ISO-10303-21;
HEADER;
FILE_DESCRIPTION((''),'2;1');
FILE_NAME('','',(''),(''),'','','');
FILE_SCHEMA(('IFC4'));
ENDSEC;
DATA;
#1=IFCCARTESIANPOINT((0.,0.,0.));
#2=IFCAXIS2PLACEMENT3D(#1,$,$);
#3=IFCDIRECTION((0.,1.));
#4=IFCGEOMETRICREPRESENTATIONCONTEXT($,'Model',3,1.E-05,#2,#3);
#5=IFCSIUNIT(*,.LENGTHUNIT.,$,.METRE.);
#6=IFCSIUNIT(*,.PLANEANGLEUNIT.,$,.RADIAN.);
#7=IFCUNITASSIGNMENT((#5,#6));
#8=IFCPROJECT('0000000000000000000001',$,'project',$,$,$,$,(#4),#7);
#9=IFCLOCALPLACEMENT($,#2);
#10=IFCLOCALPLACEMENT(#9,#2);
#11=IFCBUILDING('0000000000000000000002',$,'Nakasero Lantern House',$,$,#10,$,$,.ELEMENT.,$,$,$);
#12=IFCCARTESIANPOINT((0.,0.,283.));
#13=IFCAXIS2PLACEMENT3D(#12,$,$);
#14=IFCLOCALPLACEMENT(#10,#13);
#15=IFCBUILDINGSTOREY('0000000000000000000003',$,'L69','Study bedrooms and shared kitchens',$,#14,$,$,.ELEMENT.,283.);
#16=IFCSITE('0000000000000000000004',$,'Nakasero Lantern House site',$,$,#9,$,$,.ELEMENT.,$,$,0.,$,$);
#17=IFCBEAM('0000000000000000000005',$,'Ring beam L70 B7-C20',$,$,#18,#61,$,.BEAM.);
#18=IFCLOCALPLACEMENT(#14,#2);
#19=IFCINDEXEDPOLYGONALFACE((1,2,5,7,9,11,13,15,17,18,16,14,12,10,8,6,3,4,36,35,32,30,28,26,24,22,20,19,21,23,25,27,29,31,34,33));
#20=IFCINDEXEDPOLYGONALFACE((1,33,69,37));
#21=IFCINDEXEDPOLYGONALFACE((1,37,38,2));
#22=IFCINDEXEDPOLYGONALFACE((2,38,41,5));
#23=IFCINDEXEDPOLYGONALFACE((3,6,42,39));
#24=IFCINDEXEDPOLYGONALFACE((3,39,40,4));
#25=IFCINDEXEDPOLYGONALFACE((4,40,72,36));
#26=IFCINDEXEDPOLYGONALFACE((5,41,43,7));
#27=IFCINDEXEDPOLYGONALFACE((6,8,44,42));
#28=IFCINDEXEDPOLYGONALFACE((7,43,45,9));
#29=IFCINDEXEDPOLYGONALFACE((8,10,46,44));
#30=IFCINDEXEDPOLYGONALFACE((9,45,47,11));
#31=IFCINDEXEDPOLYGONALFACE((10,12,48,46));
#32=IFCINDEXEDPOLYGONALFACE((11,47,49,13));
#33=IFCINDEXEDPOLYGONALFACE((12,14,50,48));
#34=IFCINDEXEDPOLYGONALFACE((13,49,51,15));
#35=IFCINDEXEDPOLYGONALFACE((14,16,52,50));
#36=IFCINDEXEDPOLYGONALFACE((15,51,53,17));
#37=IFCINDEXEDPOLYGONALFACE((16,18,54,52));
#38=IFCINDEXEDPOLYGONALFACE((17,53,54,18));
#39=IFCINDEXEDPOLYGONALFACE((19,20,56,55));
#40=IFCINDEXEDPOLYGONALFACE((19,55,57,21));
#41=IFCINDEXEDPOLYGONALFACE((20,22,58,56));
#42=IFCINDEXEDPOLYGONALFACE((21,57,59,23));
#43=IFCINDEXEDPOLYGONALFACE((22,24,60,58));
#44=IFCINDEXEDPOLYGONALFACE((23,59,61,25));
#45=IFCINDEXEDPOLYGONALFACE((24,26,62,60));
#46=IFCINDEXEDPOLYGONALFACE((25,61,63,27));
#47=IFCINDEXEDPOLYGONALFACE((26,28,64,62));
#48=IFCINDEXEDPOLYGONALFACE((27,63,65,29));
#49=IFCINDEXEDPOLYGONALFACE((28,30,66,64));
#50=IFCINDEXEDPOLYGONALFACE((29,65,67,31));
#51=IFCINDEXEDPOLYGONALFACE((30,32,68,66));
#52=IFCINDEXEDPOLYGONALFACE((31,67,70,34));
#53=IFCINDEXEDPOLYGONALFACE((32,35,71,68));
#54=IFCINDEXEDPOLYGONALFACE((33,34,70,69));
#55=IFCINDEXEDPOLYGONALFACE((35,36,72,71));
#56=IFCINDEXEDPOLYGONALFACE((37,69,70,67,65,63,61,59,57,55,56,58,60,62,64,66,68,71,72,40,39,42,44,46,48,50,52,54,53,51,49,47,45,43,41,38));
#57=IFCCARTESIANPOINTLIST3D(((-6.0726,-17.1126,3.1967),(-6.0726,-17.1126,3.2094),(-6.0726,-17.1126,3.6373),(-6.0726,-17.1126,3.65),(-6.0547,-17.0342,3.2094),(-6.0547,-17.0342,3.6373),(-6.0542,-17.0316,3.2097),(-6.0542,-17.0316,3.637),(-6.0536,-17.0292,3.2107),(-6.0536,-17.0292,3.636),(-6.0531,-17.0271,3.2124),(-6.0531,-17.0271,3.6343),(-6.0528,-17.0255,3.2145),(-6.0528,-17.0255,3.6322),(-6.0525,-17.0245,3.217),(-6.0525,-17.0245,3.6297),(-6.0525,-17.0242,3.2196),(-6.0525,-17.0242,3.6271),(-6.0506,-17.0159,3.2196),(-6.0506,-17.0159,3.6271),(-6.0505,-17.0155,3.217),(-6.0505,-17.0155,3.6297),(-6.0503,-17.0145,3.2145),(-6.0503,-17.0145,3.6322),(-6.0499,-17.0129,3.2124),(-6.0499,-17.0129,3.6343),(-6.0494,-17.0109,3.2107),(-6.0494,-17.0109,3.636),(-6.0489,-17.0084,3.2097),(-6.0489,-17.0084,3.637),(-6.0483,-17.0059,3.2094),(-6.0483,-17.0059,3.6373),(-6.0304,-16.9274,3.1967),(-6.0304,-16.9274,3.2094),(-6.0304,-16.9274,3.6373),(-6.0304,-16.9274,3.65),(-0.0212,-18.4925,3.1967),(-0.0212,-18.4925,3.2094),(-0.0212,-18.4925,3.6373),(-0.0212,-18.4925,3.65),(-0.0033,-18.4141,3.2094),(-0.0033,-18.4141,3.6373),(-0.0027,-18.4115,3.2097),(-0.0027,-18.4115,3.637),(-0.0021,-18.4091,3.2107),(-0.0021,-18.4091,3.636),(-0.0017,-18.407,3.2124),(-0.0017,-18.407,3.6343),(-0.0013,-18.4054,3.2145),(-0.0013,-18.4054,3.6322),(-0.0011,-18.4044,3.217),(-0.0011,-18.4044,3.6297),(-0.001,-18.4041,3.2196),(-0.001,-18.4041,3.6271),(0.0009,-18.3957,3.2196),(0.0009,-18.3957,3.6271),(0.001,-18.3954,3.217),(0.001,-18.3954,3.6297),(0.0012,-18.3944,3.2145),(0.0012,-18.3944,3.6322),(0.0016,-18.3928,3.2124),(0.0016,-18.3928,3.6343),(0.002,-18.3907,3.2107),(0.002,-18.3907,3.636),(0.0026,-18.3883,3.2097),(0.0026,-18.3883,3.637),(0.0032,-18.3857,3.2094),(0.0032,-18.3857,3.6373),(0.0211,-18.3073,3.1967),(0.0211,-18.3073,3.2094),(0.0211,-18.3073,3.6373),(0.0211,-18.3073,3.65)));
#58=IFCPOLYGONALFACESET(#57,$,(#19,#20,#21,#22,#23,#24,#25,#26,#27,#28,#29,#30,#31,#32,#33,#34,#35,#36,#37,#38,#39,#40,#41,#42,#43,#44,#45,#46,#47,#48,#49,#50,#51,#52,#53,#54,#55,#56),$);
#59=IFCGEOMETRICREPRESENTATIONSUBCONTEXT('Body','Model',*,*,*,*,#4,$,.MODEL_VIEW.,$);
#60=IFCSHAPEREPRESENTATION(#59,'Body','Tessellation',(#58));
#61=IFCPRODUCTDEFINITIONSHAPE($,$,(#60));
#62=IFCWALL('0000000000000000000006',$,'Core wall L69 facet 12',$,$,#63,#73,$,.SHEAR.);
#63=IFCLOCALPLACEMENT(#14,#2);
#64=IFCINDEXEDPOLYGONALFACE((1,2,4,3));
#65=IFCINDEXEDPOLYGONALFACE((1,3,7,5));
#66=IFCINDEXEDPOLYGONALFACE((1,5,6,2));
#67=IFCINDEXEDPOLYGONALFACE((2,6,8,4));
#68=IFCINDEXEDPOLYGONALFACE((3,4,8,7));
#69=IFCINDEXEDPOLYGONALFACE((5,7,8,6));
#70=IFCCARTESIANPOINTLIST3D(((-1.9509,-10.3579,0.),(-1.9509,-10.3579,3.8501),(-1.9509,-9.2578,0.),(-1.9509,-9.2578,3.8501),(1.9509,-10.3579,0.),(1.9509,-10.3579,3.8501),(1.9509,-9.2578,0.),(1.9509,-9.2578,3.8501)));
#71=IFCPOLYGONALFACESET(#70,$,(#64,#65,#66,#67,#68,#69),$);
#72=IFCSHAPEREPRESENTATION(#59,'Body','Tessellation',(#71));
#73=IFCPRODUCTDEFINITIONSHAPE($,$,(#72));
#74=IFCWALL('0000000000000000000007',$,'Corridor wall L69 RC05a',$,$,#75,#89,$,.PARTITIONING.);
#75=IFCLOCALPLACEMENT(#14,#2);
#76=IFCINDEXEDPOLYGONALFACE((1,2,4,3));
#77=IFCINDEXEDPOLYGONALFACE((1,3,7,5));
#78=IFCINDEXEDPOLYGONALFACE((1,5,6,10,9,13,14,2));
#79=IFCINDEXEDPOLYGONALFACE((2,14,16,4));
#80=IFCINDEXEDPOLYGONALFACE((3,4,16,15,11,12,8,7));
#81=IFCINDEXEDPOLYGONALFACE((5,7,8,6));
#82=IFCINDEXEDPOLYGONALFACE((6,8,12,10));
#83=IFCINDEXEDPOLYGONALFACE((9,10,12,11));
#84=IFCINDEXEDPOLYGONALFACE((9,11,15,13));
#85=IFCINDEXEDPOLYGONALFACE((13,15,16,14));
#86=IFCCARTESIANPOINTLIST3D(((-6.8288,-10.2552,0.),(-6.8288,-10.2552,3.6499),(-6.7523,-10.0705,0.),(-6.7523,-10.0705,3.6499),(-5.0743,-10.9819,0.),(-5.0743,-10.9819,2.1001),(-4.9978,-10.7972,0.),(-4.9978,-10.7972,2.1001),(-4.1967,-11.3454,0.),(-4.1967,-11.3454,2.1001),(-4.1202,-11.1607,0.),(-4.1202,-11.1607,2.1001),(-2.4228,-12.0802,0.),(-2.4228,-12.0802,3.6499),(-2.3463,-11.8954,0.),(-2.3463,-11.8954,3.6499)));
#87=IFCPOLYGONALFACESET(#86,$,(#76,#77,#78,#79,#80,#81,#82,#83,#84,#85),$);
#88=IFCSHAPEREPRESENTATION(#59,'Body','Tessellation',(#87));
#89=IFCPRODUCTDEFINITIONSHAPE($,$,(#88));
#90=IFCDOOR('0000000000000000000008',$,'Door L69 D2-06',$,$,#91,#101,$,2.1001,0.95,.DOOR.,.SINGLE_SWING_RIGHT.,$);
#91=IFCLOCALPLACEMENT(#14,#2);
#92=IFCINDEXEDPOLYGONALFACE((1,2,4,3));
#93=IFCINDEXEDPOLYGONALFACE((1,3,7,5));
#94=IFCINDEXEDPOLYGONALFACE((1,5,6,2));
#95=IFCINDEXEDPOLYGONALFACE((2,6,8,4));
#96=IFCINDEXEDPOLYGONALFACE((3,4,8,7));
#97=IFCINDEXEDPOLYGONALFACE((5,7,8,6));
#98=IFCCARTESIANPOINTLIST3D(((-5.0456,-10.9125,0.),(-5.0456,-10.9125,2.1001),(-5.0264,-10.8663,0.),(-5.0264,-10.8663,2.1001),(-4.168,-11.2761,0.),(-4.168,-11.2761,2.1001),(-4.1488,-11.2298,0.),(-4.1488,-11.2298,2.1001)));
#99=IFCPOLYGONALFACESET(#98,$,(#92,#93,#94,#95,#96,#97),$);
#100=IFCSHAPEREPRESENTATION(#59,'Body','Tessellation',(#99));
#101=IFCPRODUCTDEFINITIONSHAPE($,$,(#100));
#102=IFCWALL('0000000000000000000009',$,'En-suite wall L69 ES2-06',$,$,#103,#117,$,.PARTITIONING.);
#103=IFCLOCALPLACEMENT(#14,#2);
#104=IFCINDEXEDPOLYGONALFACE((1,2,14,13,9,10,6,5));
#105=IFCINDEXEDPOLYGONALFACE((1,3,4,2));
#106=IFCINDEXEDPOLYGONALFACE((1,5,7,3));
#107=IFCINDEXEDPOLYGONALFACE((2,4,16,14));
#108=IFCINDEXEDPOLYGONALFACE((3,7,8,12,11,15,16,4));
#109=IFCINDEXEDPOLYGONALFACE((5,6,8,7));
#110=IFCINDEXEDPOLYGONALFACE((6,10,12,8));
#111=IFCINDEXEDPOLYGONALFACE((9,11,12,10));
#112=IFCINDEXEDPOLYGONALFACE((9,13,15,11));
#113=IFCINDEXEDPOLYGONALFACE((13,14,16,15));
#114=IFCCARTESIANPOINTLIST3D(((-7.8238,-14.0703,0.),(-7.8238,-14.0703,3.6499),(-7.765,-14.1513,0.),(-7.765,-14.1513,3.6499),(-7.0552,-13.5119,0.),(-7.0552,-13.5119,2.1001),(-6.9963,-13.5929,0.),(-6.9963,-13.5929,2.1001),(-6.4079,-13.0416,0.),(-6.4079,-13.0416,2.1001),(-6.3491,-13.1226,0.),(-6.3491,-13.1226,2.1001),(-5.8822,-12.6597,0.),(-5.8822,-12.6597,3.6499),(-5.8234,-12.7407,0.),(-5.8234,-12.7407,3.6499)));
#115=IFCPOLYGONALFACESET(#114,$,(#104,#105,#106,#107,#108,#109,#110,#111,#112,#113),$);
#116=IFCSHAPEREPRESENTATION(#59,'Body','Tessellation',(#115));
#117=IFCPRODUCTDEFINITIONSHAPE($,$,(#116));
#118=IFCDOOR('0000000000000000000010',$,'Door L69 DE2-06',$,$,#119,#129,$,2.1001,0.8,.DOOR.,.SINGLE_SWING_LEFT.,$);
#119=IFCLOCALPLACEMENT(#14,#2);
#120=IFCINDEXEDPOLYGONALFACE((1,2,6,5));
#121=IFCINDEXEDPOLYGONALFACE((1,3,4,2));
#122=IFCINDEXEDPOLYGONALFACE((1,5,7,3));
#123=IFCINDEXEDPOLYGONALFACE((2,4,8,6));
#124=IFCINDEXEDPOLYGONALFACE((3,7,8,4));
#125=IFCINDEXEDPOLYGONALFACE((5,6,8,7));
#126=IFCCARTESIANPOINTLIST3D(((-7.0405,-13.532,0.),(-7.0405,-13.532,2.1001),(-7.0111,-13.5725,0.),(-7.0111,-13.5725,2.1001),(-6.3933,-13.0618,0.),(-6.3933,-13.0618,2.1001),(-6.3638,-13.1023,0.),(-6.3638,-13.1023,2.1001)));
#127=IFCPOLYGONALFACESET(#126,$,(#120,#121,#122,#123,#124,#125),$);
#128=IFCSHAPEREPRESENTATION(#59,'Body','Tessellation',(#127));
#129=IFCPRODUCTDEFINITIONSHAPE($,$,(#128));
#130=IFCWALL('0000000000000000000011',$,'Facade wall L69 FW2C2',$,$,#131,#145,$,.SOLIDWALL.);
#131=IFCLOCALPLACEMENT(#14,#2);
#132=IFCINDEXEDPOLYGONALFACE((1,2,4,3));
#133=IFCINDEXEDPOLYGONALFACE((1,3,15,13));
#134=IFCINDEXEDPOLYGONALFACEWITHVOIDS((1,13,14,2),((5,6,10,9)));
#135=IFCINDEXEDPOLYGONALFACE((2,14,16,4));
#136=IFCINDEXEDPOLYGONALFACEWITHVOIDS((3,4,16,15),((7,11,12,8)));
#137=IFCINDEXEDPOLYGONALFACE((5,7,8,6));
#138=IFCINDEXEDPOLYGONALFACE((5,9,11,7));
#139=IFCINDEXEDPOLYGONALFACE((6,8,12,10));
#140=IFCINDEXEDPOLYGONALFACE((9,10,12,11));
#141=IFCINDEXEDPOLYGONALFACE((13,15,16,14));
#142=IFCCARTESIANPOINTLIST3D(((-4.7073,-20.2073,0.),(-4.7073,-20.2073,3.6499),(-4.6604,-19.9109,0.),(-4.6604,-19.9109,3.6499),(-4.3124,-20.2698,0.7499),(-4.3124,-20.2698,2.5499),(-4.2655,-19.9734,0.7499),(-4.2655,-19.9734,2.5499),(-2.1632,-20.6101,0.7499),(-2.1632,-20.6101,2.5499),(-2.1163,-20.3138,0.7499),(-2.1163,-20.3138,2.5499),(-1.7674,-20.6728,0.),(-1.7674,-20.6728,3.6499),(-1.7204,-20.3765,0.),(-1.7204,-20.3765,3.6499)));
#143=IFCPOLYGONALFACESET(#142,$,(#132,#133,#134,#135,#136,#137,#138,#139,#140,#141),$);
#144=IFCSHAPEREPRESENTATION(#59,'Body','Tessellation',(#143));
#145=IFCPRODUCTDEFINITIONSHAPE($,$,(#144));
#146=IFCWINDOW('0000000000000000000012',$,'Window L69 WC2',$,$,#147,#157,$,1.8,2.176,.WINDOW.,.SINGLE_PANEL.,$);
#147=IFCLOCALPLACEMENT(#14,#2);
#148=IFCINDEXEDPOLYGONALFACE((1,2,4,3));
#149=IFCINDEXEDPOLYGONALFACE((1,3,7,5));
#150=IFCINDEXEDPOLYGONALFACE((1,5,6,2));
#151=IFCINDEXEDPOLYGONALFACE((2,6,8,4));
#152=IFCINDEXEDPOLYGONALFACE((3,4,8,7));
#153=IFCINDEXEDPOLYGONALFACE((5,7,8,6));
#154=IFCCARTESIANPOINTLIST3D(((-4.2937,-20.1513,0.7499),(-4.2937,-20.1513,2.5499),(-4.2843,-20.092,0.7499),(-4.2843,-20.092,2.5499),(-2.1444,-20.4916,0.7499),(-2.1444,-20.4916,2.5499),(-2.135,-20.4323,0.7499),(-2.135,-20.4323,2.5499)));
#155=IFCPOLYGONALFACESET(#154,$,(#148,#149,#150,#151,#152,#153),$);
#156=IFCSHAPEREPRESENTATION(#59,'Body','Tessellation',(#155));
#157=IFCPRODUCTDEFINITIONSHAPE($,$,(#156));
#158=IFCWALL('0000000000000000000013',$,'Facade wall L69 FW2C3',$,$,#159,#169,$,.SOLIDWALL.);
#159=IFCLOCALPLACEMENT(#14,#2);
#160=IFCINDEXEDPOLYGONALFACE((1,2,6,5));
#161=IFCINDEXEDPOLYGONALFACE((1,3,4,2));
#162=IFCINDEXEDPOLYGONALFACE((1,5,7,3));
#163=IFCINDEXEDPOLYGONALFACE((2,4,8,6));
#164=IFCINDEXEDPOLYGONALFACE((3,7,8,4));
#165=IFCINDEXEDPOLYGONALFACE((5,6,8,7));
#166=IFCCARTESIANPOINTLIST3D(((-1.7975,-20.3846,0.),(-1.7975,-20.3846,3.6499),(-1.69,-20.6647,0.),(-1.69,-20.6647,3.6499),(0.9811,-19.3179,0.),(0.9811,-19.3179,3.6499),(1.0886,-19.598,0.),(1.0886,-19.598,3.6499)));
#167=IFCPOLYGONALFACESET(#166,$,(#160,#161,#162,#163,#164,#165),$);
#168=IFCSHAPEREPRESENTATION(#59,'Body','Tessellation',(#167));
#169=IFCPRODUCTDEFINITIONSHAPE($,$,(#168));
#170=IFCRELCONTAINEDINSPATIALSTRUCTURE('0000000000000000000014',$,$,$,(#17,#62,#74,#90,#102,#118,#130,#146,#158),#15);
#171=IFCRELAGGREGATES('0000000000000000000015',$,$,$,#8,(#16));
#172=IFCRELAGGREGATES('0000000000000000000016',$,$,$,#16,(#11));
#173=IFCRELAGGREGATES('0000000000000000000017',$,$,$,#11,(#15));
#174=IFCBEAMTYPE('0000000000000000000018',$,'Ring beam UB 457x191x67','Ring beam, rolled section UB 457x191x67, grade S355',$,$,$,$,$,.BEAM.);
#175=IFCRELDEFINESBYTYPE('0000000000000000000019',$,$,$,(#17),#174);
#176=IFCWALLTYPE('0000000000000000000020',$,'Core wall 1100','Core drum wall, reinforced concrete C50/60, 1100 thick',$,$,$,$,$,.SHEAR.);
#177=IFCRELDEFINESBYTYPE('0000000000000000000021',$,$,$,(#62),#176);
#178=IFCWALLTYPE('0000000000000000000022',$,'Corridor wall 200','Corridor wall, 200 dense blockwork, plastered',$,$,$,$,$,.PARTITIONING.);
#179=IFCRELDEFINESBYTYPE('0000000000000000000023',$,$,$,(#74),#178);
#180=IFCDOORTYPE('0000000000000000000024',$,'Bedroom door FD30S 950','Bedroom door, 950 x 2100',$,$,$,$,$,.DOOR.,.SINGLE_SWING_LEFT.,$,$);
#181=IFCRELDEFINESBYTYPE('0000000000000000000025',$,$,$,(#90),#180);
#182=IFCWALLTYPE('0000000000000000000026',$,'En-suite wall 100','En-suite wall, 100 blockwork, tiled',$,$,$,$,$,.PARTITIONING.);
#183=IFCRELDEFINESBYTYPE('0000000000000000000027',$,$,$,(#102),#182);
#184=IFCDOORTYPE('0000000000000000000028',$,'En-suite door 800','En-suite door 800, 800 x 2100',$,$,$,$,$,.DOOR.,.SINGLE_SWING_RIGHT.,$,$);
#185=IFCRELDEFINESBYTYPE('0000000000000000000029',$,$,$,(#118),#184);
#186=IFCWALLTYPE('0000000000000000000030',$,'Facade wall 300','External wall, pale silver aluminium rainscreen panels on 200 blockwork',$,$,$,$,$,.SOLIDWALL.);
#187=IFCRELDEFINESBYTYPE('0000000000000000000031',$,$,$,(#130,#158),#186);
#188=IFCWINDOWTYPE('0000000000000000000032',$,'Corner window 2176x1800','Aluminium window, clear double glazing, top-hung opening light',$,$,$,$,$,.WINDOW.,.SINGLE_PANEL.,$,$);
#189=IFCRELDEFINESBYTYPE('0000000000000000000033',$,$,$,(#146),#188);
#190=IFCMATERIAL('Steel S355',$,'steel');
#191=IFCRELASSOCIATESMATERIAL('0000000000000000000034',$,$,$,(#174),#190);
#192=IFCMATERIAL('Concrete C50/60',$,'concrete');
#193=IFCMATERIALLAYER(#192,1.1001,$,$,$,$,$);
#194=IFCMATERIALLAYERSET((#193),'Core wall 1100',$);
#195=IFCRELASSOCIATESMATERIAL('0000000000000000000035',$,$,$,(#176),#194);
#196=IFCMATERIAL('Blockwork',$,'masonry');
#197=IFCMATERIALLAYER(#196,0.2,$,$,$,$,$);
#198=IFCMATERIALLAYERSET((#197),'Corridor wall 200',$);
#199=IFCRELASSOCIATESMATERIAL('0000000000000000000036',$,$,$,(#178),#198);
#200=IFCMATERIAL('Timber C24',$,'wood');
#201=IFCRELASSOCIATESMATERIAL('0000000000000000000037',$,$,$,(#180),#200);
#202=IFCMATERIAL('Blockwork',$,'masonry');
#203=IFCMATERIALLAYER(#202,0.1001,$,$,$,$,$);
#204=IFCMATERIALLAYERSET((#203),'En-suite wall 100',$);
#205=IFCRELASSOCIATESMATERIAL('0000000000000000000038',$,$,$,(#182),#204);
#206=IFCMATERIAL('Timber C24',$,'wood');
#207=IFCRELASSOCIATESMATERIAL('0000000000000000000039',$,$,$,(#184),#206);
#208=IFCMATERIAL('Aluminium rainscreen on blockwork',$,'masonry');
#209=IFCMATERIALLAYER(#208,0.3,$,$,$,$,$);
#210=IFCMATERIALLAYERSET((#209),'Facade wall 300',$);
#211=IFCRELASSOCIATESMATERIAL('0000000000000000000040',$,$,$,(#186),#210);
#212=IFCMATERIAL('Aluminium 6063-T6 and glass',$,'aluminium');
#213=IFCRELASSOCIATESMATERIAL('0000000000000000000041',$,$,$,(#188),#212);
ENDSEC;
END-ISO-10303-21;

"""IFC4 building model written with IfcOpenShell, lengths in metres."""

from ifc_helpers import new_model, si_unit, direction, frame, frame_2d, origin, origin_2d, place, context, subcontext, project, spatial, rectangle, i_section, extrude, material, layer, layer_set, material_profile, profile_set, type_object, element, fill, save


model = new_model("IFC4")

# Units and contexts
model_context = context("Model", 3, precision=1e-05, world=origin(), true_north=direction((0.0, 1.0)))
body_context = subcontext(model_context, "Body", "Model", "MODEL_VIEW")
ifc_project = project(units=[si_unit("LENGTHUNIT", "METRE"), si_unit("PLANEANGLEUNIT", "RADIAN")], contexts=[model_context])

# Site, building, storey
site_placement = place(None, origin())
site = spatial("IfcSite", under=ifc_project, at=site_placement, Name="Nakasero Lantern House site", CompositionType="ELEMENT", RefElevation=0.0)
building_placement = place(site_placement, origin())
building = spatial("IfcBuilding", under=site, at=building_placement, Name="Nakasero Lantern House", CompositionType="ELEMENT")
storey_placement = place(building_placement, frame((0.0, 0.0, 283.0)))
storey = spatial("IfcBuildingStorey", under=building, at=storey_placement, Name="L69", Description="Study bedrooms and shared kitchens", CompositionType="ELEMENT", Elevation=283.0)

# Beam
ifc_material_1 = material(Name="Steel S355", Category="steel")
ifc_material_profile_1 = material_profile(ifc_material_1, i_section(OverallWidth=0.1899, OverallDepth=0.4534, WebThickness=0.0085, FlangeThickness=0.0127, FilletRadius=0.0103, at=origin_2d()), Name="UB 457x191x67")
ifc_profile_set_1 = profile_set([ifc_material_profile_1], Name="Steel S355")
beam_type_1 = type_object("IfcBeamType", Name="Ring beam UB 457x191x67", Description="Ring beam, rolled section UB 457x191x67, grade S355", PredefinedType="BEAM", material=ifc_profile_set_1)
beam_1_placement = place(storey_placement, frame((-6.0515, -17.02, 3.4233), z_axis=(0.974975, -0.222316, 0.0), x_axis=(0.222316, 0.974975, 0.0)))
element("IfcBeam", 1, at=beam_1_placement, inside=storey, type_object=beam_type_1, Name="Ring beam L70 B7-C20", PredefinedType="BEAM", context=body_context, shape_type="SweptSolid", body=[
    extrude(i_section(OverallWidth=0.1899, OverallDepth=0.4534, WebThickness=0.0085, FlangeThickness=0.0127, FilletRadius=0.0103, at=origin_2d()), origin(), (0.0, 0.0, 1.0), 6.2068),
])

# Wall
ifc_material_2 = material(Name="Concrete C50/60", Category="concrete")
ifc_layer_1 = layer(ifc_material_2, 1.1001)
ifc_layer_set_1 = layer_set([ifc_layer_1], Name="Core wall 1100")
wall_type_1 = type_object("IfcWallType", Name="Core wall 1100", Description="Core drum wall, reinforced concrete C50/60, 1100 thick", PredefinedType="SHEAR", material=ifc_layer_set_1)
wall_1_placement = place(storey_placement, frame((-1.9509, -9.8079, 0.0), z_axis=(0.0, 0.0, 1.0), x_axis=(1.0, 0.0, 0.0)))
element("IfcWall", 2, at=wall_1_placement, inside=storey, type_object=wall_type_1, Name="Core wall L69 facet 12", PredefinedType="SHEAR", context=body_context, shape_type="SweptSolid", body=[
    extrude(rectangle(XDim=3.9019, YDim=1.1001, at=frame_2d((1.9509, 0.0))), origin(), (0.0, 0.0, 1.0), 3.8501),
])

# Walls, openings, doors
ifc_material_3 = material(Name="Blockwork", Category="masonry")
ifc_layer_2 = layer(ifc_material_3, 0.2)
ifc_layer_set_2 = layer_set([ifc_layer_2], Name="Corridor wall 200")
wall_type_2 = type_object("IfcWallType", Name="Corridor wall 200", Description="Corridor wall, 200 dense blockwork, plastered", PredefinedType="PARTITIONING", material=ifc_layer_set_2)
wall_2_placement = place(storey_placement, frame((-2.3845, -11.9878, 0.0), z_axis=(0.0, 0.0, 1.0), x_axis=(-0.923885, 0.38267, 0.0)))
wall_2 = element("IfcWall", 3, at=wall_2_placement, inside=storey, type_object=wall_type_2, Name="Corridor wall L69 RC05a", PredefinedType="PARTITIONING", context=body_context, shape_type="SweptSolid", body=[
    extrude(rectangle(XDim=4.769, YDim=0.2, at=frame_2d((2.3845, 0.0))), origin(), (0.0, 0.0, 1.0), 3.6499),
])
opening_1_placement = place(wall_2_placement, frame((1.9199, 0.0, 0.0)))
opening_1 = element("IfcOpeningElement", 4, at=opening_1_placement, cuts=wall_2, PredefinedType="OPENING", context=body_context, shape_type="SweptSolid", body=[
    extrude(rectangle(XDim=0.95, YDim=2.1001, at=frame_2d((0.4751, 1.05))), frame((0.0, 0.1199, 0.0), z_axis=(0.0, -1.0, 0.0), x_axis=(1.0, 0.0, 0.0)), (0.0, 0.0, 1.0), 0.24),
])
ifc_material_4 = material(Name="Timber C24", Category="wood")
door_type_1 = type_object("IfcDoorType", Name="Bedroom door FD30S 950", Description="Bedroom door, 950 x 2100", OperationType="SINGLE_SWING_LEFT", PredefinedType="DOOR", material=ifc_material_4)
door_1_placement = place(opening_1_placement, origin())
door_1 = element("IfcDoor", 5, at=door_1_placement, inside=storey, type_object=door_type_1, Name="Door L69 D2-06", OperationType="SINGLE_SWING_RIGHT", OverallHeight=2.1001, OverallWidth=0.95, PredefinedType="DOOR", context=body_context, shape_type="SweptSolid", body=[
    extrude(rectangle(XDim=0.95, YDim=2.1001, at=frame_2d((0.4751, 1.05))), frame((0.0, 0.0249, 0.0), z_axis=(0.0, -1.0, 0.0), x_axis=(1.0, 0.0, 0.0)), (0.0, 0.0, 1.0), 0.05),
])
fill(opening_1, door_1)
ifc_material_5 = material(Name="Blockwork", Category="masonry")
ifc_layer_3 = layer(ifc_material_5, 0.1001)
ifc_layer_set_3 = layer_set([ifc_layer_3], Name="En-suite wall 100")
wall_type_3 = type_object("IfcWallType", Name="En-suite wall 100", Description="En-suite wall, 100 blockwork, tiled", PredefinedType="PARTITIONING", material=ifc_layer_set_3)
wall_3_placement = place(storey_placement, frame((-5.8528, -12.7002, 0.0), z_axis=(0.0, 0.0, 1.0), x_axis=(-0.809026, -0.587772, 0.0)))
wall_3 = element("IfcWall", 6, at=wall_3_placement, inside=storey, type_object=wall_type_3, Name="En-suite wall L69 ES2-06", PredefinedType="PARTITIONING", context=body_context, shape_type="SweptSolid", body=[
    extrude(rectangle(XDim=2.3999, YDim=0.1001, at=frame_2d((1.2, 0.0))), origin(), (0.0, 0.0, 1.0), 3.6499),
])
opening_2_placement = place(wall_3_placement, frame((0.6499, 0.0, 0.0)))
opening_2 = element("IfcOpeningElement", 7, at=opening_2_placement, cuts=wall_3, PredefinedType="OPENING", context=body_context, shape_type="SweptSolid", body=[
    extrude(rectangle(XDim=0.8, YDim=2.1001, at=frame_2d((0.3999, 1.05))), frame((0.0, 0.0701, 0.0), z_axis=(0.0, -1.0, 0.0), x_axis=(1.0, 0.0, 0.0)), (0.0, 0.0, 1.0), 0.1401),
])
ifc_material_6 = material(Name="Timber C24", Category="wood")
door_type_2 = type_object("IfcDoorType", Name="En-suite door 800", Description="En-suite door 800, 800 x 2100", OperationType="SINGLE_SWING_RIGHT", PredefinedType="DOOR", material=ifc_material_6)
door_2_placement = place(opening_2_placement, origin())
door_2 = element("IfcDoor", 8, at=door_2_placement, inside=storey, type_object=door_type_2, Name="Door L69 DE2-06", OperationType="SINGLE_SWING_LEFT", OverallHeight=2.1001, OverallWidth=0.8, PredefinedType="DOOR", context=body_context, shape_type="SweptSolid", body=[
    extrude(rectangle(XDim=0.8, YDim=2.1001, at=frame_2d((0.3999, 1.05))), frame((0.0, 0.0249, 0.0), z_axis=(0.0, -1.0, 0.0), x_axis=(1.0, 0.0, 0.0)), (0.0, 0.0, 1.0), 0.05),
])
fill(opening_2, door_2)

# Wall, opening, window
ifc_material_7 = material(Name="Aluminium rainscreen on blockwork", Category="masonry")
ifc_layer_4 = layer(ifc_material_7, 0.3)
ifc_layer_set_4 = layer_set([ifc_layer_4], Name="Facade wall 300")
wall_type_4 = type_object("IfcWallType", Name="Facade wall 300", Description="External wall, pale silver aluminium rainscreen panels on 200 blockwork", PredefinedType="SOLIDWALL", material=ifc_layer_set_4)
wall_4_placement = place(storey_placement, frame((-4.6838, -20.0591, 0.0), z_axis=(0.0, 0.0, 1.0), x_axis=(0.987692, -0.156413, 0.0)))
wall_4 = element("IfcWall", 9, at=wall_4_placement, inside=storey, type_object=wall_type_4, Name="Facade wall L69 FW2C2", PredefinedType="SOLIDWALL", context=body_context, shape_type="SweptSolid", body=[
    extrude(rectangle(XDim=2.9766, YDim=0.3, at=frame_2d((1.4883, 0.0))), origin(), (0.0, 0.0, 1.0), 3.6499),
])
opening_3_placement = place(wall_4_placement, frame((0.3999, 0.0, 0.75)))
opening_3 = element("IfcOpeningElement", 10, at=opening_3_placement, cuts=wall_4, PredefinedType="OPENING", context=body_context, shape_type="SweptSolid", body=[
    extrude(rectangle(XDim=2.176, YDim=1.8, at=frame_2d((1.0879, 0.8999))), frame((0.0, 0.1699, 0.0), z_axis=(0.0, -1.0, 0.0), x_axis=(1.0, 0.0, 0.0)), (0.0, 0.0, 1.0), 0.3401),
])
ifc_material_8 = material(Name="Aluminium 6063-T6 and glass", Category="aluminium")
window_type = type_object("IfcWindowType", Name="Corner window 2176x1800", Description="Aluminium window, clear double glazing, top-hung opening light", PartitioningType="SINGLE_PANEL", PredefinedType="WINDOW", material=ifc_material_8)
window_placement = place(opening_3_placement, origin())
window = element("IfcWindow", 11, at=window_placement, inside=storey, type_object=window_type, Name="Window L69 WC2", OverallHeight=1.8, OverallWidth=2.176, PartitioningType="SINGLE_PANEL", PredefinedType="WINDOW", context=body_context, shape_type="SweptSolid", body=[
    extrude(rectangle(XDim=2.176, YDim=1.8, at=frame_2d((1.0879, 0.8999))), frame((0.0, 0.03, 0.0), z_axis=(0.0, -1.0, 0.0), x_axis=(1.0, 0.0, 0.0)), (0.0, 0.0, 1.0), 0.0601),
])
fill(opening_3, window)

# Wall
wall_5_placement = place(storey_placement, frame((-1.7439, -20.5247, 0.0), z_axis=(0.0, 0.0, 1.0), x_axis=(0.933574, 0.358385, 0.0)))
element("IfcWall", 12, at=wall_5_placement, inside=storey, type_object=wall_type_4, Name="Facade wall L69 FW2C3", PredefinedType="SOLIDWALL", context=body_context, shape_type="SweptSolid", body=[
    extrude(rectangle(XDim=2.9763, YDim=0.3, at=frame_2d((1.4883, 0.0))), origin(), (0.0, 0.0, 1.0), 3.6499),
])

save(model, "model.ifc")
